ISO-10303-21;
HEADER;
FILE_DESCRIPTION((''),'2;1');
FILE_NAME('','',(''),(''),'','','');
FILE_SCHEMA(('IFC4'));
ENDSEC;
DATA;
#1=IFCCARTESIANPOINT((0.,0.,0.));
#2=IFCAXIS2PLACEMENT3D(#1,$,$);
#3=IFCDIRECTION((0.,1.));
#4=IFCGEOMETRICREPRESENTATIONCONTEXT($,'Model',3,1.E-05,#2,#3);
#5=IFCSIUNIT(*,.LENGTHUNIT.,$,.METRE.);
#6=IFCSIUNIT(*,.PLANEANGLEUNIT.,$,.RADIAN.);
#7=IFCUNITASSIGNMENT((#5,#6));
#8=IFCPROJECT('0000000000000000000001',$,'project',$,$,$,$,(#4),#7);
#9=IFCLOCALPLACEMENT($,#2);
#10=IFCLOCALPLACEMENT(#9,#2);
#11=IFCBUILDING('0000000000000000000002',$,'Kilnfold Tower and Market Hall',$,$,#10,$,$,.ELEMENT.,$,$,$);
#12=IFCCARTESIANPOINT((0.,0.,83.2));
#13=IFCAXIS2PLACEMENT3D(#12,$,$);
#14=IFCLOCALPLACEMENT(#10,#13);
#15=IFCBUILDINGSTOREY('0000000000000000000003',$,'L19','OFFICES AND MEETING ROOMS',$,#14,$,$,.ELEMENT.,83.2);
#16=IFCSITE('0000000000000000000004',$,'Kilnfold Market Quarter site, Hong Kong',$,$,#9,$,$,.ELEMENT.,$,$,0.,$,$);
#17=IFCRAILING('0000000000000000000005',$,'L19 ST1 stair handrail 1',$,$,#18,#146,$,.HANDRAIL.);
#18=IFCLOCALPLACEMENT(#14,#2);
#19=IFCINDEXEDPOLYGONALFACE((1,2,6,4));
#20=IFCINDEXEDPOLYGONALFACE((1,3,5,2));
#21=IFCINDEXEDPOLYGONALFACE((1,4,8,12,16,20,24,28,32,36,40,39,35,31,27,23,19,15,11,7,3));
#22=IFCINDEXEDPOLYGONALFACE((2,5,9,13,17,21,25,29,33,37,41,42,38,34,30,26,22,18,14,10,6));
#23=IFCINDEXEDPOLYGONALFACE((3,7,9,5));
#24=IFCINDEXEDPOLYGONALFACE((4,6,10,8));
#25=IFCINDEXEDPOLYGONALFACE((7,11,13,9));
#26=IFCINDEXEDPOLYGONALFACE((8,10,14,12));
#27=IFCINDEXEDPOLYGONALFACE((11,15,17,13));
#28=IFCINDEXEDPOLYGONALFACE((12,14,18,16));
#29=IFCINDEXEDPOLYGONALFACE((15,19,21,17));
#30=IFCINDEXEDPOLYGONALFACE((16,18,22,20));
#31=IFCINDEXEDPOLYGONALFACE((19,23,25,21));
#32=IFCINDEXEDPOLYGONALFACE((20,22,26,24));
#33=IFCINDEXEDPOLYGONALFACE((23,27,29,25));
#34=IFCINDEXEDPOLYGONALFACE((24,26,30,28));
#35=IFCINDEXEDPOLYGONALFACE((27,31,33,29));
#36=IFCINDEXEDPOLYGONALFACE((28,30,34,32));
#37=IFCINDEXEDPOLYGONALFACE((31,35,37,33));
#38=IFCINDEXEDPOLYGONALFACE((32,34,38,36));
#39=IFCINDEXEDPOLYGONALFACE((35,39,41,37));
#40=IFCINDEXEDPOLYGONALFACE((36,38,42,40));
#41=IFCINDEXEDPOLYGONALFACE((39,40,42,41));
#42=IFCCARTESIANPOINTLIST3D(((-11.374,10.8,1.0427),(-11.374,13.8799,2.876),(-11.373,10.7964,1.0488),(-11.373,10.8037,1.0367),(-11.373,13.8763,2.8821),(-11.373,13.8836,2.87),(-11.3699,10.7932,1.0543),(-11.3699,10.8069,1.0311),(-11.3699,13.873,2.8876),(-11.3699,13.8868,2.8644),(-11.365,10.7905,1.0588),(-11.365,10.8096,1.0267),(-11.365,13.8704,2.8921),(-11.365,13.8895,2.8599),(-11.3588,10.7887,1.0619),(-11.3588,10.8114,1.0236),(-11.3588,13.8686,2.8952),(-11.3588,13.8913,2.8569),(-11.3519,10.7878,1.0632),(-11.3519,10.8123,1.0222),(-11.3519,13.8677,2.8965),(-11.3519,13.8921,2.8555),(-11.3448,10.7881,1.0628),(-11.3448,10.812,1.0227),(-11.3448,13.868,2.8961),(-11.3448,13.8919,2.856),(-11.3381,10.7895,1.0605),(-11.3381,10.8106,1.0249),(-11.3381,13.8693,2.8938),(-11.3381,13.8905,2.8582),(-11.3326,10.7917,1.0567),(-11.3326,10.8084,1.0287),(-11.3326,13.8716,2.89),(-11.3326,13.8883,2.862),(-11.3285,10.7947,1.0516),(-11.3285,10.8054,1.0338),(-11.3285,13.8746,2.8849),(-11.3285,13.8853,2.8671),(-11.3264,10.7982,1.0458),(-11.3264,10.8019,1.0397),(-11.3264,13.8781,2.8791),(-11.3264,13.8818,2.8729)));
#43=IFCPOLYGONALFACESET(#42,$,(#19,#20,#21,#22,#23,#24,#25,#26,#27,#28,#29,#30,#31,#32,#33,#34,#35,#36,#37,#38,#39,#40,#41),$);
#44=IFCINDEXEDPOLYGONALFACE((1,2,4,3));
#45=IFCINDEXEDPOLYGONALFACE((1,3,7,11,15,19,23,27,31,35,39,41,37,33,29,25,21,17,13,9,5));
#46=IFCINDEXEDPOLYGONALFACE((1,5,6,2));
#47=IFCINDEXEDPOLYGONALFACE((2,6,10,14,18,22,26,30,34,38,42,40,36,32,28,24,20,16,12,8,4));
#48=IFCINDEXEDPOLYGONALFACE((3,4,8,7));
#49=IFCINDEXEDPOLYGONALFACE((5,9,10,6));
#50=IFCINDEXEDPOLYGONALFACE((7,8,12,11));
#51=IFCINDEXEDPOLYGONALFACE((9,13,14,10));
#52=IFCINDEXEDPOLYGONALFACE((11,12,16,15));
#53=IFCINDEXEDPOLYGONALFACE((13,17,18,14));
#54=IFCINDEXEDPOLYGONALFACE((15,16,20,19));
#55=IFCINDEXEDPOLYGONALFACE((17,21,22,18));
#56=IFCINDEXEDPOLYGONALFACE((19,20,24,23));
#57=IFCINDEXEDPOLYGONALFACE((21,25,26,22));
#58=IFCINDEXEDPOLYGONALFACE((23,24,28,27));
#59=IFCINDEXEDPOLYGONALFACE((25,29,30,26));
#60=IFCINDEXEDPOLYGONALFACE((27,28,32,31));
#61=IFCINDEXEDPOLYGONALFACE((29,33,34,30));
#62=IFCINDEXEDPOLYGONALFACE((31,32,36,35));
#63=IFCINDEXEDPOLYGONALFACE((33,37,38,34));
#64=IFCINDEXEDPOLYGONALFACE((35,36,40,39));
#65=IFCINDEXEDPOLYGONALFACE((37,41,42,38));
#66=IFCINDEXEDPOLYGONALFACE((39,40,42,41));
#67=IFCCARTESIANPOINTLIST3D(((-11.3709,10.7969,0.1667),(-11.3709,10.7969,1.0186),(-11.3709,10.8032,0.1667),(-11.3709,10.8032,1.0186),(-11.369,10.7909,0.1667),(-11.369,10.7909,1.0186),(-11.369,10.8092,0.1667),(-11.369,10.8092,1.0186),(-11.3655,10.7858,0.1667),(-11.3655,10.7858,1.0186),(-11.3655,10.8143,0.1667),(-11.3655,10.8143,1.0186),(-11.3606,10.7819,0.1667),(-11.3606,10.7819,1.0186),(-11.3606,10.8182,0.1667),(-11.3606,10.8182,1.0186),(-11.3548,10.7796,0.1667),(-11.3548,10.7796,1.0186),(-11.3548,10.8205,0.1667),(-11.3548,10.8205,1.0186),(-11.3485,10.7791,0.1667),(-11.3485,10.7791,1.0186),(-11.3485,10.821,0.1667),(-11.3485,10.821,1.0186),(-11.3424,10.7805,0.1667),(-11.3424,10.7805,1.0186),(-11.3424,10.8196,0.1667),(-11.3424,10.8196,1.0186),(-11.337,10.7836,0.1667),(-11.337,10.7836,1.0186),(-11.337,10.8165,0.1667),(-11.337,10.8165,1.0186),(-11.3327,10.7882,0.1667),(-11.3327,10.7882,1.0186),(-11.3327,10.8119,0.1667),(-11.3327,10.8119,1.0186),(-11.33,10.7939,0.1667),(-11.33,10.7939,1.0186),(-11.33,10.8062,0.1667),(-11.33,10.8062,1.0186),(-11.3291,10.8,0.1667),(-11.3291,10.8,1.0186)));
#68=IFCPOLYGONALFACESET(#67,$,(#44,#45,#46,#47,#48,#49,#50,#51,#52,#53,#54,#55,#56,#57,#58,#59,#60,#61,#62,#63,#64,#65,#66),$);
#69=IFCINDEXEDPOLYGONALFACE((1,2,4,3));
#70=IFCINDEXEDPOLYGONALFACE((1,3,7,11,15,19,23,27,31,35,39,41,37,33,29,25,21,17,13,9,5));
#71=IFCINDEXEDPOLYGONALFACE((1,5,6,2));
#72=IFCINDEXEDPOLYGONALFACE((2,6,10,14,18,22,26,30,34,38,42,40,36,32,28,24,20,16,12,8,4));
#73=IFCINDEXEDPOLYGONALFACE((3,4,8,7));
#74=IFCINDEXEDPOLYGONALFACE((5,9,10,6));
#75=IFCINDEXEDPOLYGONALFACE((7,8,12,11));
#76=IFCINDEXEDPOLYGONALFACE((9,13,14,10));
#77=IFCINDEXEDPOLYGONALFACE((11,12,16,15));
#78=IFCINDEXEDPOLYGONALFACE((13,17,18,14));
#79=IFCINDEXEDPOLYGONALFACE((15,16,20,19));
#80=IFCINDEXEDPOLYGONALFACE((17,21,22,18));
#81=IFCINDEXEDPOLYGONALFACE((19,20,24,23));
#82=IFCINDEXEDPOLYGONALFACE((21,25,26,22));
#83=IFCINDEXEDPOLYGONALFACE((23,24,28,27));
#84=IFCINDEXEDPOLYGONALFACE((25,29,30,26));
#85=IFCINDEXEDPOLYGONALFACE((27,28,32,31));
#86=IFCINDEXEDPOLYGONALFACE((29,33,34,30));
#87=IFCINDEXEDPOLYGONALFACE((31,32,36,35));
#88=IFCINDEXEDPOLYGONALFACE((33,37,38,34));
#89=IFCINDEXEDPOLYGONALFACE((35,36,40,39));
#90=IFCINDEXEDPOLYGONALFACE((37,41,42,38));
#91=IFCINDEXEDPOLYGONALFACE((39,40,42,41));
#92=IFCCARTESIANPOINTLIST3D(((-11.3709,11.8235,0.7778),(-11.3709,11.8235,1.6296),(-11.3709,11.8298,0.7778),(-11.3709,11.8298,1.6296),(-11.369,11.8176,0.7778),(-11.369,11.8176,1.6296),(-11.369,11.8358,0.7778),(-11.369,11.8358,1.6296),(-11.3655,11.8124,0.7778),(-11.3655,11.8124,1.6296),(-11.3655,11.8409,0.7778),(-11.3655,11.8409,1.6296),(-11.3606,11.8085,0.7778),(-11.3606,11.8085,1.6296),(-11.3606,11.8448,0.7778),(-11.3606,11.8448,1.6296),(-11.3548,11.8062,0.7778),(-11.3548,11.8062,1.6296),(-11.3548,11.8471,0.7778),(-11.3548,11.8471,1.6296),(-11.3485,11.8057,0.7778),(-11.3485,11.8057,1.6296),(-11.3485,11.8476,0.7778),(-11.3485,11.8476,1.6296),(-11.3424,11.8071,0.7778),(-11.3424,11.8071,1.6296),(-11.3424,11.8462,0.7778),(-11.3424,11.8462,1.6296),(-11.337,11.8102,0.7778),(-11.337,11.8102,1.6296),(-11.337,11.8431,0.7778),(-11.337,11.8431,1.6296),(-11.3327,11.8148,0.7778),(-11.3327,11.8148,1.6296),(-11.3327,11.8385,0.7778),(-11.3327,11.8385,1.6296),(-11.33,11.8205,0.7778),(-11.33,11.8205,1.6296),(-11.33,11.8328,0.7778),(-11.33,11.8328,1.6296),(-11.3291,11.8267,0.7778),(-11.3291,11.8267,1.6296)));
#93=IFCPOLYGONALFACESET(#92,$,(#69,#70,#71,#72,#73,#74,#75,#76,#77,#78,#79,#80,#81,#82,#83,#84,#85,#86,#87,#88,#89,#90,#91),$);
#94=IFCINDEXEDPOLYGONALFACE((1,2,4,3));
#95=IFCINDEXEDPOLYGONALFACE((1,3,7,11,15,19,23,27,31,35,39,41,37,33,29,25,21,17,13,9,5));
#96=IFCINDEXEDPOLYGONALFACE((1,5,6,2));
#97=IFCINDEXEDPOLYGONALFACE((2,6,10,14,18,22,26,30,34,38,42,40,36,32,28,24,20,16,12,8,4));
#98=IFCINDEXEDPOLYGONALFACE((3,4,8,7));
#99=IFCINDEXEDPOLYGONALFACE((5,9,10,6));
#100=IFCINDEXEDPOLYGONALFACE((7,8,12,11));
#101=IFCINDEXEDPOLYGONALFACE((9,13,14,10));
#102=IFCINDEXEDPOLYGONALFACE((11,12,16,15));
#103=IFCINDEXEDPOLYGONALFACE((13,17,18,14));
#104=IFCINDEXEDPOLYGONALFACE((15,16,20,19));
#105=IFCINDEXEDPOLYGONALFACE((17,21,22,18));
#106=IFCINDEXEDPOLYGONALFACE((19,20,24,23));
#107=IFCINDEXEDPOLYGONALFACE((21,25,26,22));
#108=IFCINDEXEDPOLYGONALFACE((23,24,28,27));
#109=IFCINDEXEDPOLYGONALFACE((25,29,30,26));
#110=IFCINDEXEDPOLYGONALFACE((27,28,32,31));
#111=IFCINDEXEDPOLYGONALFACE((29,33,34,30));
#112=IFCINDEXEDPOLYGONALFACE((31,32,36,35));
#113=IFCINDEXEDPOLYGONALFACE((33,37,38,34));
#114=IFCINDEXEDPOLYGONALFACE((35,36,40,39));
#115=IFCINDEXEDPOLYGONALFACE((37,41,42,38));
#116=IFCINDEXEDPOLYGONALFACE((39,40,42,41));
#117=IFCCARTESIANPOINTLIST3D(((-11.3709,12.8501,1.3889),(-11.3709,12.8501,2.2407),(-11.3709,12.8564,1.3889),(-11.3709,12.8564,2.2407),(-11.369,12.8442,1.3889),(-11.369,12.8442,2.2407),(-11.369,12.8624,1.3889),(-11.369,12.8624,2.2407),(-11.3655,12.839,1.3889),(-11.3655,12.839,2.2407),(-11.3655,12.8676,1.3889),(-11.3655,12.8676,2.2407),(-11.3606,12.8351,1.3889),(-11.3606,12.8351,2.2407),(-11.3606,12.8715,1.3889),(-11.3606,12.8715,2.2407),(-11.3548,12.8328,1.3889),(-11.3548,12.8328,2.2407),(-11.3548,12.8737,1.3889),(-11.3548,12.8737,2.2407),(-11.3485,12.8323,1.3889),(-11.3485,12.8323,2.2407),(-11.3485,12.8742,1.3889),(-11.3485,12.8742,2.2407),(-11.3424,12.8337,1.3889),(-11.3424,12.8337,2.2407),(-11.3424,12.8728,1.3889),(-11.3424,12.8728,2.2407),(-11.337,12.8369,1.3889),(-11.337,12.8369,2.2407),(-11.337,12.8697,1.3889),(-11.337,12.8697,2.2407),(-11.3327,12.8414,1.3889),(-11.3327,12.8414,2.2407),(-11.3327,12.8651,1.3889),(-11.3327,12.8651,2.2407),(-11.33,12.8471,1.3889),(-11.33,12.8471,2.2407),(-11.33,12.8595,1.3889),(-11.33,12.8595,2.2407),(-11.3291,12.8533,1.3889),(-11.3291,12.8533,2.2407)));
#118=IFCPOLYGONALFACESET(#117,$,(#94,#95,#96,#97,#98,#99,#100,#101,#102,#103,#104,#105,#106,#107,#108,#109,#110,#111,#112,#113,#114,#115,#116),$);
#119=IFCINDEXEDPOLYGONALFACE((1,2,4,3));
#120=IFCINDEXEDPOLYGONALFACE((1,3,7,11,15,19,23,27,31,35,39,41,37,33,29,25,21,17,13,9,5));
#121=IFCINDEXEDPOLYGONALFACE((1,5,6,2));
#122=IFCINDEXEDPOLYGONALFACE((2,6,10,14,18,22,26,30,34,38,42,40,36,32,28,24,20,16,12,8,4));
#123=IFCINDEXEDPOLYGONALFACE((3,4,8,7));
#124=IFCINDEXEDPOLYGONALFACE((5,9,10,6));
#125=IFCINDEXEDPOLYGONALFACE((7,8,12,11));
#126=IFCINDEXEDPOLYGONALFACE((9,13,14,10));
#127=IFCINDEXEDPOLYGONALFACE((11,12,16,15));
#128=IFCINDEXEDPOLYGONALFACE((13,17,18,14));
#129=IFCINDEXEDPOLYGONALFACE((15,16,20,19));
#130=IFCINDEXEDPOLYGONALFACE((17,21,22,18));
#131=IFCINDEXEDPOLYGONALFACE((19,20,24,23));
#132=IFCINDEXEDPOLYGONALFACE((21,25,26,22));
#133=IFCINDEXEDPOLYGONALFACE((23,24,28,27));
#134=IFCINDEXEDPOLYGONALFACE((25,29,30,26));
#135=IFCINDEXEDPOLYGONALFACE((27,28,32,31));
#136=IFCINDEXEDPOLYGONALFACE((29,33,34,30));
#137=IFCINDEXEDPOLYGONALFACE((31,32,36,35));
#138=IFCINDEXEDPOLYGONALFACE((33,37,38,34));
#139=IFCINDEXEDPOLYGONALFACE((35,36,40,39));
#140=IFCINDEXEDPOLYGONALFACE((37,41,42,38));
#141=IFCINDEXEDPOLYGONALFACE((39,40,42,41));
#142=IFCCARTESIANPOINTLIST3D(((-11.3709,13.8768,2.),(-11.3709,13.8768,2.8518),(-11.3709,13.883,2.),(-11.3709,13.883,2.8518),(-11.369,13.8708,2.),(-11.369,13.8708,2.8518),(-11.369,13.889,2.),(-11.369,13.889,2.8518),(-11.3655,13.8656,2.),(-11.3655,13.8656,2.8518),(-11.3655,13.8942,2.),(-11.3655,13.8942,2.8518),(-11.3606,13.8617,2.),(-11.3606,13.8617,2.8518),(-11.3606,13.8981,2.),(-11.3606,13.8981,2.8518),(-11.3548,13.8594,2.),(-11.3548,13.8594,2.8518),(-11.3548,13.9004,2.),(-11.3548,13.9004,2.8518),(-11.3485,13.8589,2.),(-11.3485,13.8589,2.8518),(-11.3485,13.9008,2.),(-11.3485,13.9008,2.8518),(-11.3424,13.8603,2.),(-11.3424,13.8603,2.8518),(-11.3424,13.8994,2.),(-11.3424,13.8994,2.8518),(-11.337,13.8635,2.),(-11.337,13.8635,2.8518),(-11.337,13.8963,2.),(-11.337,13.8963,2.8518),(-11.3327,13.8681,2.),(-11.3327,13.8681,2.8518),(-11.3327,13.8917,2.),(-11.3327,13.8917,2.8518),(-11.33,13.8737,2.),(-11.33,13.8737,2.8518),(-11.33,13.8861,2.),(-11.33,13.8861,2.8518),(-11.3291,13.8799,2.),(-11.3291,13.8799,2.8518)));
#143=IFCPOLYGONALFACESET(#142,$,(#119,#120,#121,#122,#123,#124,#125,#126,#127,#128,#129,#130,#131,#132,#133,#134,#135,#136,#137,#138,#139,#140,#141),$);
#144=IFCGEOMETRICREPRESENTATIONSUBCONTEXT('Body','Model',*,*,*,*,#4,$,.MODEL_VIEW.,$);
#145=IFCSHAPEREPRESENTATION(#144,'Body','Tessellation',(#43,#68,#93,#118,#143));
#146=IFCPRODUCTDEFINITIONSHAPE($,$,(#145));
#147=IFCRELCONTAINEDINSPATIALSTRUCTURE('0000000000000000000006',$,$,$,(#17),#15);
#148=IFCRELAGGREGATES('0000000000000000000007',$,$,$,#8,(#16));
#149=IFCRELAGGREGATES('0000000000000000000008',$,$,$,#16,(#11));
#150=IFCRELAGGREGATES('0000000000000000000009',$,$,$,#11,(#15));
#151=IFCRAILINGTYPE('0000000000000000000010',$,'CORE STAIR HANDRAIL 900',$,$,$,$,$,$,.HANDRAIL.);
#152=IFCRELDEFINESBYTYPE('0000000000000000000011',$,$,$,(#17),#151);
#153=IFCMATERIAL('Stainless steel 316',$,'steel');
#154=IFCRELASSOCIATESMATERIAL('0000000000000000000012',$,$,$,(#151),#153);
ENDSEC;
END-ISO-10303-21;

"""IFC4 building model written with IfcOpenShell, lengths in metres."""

from ifc_helpers import new_model, si_unit, direction, frame, origin, origin_2d, place, context, subcontext, project, spatial, circle, extrude, material, type_object, element, save


model = new_model("IFC4")

# Units and contexts
model_context = context("Model", 3, precision=1e-05, world=origin(), true_north=direction((0.0, 1.0)))
body_context = subcontext(model_context, "Body", "Model", "MODEL_VIEW")
ifc_project = project(units=[si_unit("LENGTHUNIT", "METRE"), si_unit("PLANEANGLEUNIT", "RADIAN")], contexts=[model_context])

# Site, building, storey
site_placement = place(None, origin())
site = spatial("IfcSite", under=ifc_project, at=site_placement, Name="Kilnfold Market Quarter site, Hong Kong", CompositionType="ELEMENT", RefElevation=0.0)
building_placement = place(site_placement, origin())
building = spatial("IfcBuilding", under=site, at=building_placement, Name="Kilnfold Tower and Market Hall", CompositionType="ELEMENT")
storey_placement = place(building_placement, frame((0.0, 0.0, 83.2)))
storey = spatial("IfcBuildingStorey", under=building, at=storey_placement, Name="L19", Description="OFFICES AND MEETING ROOMS", CompositionType="ELEMENT", Elevation=83.2)

# Railing
ifc_material_1 = material(Name="Stainless steel 316", Category="steel")
railing_type_1 = type_object("IfcRailingType", Name="CORE STAIR HANDRAIL 900", PredefinedType="HANDRAIL", material=ifc_material_1)
railing_1_placement = place(storey_placement, frame((-11.3501, 10.8, 0.1667)))
element("IfcRailing", 1, at=railing_1_placement, inside=storey, type_object=railing_type_1, Name="L19 ST1 stair handrail 1", PredefinedType="HANDRAIL", context=body_context, shape_type="SweptSolid", body=[
    extrude(circle(Radius=0.0239, at=origin_2d()), frame((0.0, 0.0, 0.876), z_axis=(0.0, 0.859291, 0.511487), x_axis=(-1.0, 0.0, 0.0)), (0.0, 0.0, 1.0), 3.5842),
    extrude(circle(Radius=0.021, at=origin_2d()), origin(), (0.0, 0.0, 1.0), 0.8518),
    extrude(circle(Radius=0.021, at=origin_2d()), frame((0.0, 1.0266, 0.6111)), (0.0, 0.0, 1.0), 0.8518),
    extrude(circle(Radius=0.021, at=origin_2d()), frame((0.0, 2.0532, 1.2222)), (0.0, 0.0, 1.0), 0.8518),
    extrude(circle(Radius=0.021, at=origin_2d()), frame((0.0, 3.0798, 1.8333)), (0.0, 0.0, 1.0), 0.8518),
])

save(model, "model.ifc")
